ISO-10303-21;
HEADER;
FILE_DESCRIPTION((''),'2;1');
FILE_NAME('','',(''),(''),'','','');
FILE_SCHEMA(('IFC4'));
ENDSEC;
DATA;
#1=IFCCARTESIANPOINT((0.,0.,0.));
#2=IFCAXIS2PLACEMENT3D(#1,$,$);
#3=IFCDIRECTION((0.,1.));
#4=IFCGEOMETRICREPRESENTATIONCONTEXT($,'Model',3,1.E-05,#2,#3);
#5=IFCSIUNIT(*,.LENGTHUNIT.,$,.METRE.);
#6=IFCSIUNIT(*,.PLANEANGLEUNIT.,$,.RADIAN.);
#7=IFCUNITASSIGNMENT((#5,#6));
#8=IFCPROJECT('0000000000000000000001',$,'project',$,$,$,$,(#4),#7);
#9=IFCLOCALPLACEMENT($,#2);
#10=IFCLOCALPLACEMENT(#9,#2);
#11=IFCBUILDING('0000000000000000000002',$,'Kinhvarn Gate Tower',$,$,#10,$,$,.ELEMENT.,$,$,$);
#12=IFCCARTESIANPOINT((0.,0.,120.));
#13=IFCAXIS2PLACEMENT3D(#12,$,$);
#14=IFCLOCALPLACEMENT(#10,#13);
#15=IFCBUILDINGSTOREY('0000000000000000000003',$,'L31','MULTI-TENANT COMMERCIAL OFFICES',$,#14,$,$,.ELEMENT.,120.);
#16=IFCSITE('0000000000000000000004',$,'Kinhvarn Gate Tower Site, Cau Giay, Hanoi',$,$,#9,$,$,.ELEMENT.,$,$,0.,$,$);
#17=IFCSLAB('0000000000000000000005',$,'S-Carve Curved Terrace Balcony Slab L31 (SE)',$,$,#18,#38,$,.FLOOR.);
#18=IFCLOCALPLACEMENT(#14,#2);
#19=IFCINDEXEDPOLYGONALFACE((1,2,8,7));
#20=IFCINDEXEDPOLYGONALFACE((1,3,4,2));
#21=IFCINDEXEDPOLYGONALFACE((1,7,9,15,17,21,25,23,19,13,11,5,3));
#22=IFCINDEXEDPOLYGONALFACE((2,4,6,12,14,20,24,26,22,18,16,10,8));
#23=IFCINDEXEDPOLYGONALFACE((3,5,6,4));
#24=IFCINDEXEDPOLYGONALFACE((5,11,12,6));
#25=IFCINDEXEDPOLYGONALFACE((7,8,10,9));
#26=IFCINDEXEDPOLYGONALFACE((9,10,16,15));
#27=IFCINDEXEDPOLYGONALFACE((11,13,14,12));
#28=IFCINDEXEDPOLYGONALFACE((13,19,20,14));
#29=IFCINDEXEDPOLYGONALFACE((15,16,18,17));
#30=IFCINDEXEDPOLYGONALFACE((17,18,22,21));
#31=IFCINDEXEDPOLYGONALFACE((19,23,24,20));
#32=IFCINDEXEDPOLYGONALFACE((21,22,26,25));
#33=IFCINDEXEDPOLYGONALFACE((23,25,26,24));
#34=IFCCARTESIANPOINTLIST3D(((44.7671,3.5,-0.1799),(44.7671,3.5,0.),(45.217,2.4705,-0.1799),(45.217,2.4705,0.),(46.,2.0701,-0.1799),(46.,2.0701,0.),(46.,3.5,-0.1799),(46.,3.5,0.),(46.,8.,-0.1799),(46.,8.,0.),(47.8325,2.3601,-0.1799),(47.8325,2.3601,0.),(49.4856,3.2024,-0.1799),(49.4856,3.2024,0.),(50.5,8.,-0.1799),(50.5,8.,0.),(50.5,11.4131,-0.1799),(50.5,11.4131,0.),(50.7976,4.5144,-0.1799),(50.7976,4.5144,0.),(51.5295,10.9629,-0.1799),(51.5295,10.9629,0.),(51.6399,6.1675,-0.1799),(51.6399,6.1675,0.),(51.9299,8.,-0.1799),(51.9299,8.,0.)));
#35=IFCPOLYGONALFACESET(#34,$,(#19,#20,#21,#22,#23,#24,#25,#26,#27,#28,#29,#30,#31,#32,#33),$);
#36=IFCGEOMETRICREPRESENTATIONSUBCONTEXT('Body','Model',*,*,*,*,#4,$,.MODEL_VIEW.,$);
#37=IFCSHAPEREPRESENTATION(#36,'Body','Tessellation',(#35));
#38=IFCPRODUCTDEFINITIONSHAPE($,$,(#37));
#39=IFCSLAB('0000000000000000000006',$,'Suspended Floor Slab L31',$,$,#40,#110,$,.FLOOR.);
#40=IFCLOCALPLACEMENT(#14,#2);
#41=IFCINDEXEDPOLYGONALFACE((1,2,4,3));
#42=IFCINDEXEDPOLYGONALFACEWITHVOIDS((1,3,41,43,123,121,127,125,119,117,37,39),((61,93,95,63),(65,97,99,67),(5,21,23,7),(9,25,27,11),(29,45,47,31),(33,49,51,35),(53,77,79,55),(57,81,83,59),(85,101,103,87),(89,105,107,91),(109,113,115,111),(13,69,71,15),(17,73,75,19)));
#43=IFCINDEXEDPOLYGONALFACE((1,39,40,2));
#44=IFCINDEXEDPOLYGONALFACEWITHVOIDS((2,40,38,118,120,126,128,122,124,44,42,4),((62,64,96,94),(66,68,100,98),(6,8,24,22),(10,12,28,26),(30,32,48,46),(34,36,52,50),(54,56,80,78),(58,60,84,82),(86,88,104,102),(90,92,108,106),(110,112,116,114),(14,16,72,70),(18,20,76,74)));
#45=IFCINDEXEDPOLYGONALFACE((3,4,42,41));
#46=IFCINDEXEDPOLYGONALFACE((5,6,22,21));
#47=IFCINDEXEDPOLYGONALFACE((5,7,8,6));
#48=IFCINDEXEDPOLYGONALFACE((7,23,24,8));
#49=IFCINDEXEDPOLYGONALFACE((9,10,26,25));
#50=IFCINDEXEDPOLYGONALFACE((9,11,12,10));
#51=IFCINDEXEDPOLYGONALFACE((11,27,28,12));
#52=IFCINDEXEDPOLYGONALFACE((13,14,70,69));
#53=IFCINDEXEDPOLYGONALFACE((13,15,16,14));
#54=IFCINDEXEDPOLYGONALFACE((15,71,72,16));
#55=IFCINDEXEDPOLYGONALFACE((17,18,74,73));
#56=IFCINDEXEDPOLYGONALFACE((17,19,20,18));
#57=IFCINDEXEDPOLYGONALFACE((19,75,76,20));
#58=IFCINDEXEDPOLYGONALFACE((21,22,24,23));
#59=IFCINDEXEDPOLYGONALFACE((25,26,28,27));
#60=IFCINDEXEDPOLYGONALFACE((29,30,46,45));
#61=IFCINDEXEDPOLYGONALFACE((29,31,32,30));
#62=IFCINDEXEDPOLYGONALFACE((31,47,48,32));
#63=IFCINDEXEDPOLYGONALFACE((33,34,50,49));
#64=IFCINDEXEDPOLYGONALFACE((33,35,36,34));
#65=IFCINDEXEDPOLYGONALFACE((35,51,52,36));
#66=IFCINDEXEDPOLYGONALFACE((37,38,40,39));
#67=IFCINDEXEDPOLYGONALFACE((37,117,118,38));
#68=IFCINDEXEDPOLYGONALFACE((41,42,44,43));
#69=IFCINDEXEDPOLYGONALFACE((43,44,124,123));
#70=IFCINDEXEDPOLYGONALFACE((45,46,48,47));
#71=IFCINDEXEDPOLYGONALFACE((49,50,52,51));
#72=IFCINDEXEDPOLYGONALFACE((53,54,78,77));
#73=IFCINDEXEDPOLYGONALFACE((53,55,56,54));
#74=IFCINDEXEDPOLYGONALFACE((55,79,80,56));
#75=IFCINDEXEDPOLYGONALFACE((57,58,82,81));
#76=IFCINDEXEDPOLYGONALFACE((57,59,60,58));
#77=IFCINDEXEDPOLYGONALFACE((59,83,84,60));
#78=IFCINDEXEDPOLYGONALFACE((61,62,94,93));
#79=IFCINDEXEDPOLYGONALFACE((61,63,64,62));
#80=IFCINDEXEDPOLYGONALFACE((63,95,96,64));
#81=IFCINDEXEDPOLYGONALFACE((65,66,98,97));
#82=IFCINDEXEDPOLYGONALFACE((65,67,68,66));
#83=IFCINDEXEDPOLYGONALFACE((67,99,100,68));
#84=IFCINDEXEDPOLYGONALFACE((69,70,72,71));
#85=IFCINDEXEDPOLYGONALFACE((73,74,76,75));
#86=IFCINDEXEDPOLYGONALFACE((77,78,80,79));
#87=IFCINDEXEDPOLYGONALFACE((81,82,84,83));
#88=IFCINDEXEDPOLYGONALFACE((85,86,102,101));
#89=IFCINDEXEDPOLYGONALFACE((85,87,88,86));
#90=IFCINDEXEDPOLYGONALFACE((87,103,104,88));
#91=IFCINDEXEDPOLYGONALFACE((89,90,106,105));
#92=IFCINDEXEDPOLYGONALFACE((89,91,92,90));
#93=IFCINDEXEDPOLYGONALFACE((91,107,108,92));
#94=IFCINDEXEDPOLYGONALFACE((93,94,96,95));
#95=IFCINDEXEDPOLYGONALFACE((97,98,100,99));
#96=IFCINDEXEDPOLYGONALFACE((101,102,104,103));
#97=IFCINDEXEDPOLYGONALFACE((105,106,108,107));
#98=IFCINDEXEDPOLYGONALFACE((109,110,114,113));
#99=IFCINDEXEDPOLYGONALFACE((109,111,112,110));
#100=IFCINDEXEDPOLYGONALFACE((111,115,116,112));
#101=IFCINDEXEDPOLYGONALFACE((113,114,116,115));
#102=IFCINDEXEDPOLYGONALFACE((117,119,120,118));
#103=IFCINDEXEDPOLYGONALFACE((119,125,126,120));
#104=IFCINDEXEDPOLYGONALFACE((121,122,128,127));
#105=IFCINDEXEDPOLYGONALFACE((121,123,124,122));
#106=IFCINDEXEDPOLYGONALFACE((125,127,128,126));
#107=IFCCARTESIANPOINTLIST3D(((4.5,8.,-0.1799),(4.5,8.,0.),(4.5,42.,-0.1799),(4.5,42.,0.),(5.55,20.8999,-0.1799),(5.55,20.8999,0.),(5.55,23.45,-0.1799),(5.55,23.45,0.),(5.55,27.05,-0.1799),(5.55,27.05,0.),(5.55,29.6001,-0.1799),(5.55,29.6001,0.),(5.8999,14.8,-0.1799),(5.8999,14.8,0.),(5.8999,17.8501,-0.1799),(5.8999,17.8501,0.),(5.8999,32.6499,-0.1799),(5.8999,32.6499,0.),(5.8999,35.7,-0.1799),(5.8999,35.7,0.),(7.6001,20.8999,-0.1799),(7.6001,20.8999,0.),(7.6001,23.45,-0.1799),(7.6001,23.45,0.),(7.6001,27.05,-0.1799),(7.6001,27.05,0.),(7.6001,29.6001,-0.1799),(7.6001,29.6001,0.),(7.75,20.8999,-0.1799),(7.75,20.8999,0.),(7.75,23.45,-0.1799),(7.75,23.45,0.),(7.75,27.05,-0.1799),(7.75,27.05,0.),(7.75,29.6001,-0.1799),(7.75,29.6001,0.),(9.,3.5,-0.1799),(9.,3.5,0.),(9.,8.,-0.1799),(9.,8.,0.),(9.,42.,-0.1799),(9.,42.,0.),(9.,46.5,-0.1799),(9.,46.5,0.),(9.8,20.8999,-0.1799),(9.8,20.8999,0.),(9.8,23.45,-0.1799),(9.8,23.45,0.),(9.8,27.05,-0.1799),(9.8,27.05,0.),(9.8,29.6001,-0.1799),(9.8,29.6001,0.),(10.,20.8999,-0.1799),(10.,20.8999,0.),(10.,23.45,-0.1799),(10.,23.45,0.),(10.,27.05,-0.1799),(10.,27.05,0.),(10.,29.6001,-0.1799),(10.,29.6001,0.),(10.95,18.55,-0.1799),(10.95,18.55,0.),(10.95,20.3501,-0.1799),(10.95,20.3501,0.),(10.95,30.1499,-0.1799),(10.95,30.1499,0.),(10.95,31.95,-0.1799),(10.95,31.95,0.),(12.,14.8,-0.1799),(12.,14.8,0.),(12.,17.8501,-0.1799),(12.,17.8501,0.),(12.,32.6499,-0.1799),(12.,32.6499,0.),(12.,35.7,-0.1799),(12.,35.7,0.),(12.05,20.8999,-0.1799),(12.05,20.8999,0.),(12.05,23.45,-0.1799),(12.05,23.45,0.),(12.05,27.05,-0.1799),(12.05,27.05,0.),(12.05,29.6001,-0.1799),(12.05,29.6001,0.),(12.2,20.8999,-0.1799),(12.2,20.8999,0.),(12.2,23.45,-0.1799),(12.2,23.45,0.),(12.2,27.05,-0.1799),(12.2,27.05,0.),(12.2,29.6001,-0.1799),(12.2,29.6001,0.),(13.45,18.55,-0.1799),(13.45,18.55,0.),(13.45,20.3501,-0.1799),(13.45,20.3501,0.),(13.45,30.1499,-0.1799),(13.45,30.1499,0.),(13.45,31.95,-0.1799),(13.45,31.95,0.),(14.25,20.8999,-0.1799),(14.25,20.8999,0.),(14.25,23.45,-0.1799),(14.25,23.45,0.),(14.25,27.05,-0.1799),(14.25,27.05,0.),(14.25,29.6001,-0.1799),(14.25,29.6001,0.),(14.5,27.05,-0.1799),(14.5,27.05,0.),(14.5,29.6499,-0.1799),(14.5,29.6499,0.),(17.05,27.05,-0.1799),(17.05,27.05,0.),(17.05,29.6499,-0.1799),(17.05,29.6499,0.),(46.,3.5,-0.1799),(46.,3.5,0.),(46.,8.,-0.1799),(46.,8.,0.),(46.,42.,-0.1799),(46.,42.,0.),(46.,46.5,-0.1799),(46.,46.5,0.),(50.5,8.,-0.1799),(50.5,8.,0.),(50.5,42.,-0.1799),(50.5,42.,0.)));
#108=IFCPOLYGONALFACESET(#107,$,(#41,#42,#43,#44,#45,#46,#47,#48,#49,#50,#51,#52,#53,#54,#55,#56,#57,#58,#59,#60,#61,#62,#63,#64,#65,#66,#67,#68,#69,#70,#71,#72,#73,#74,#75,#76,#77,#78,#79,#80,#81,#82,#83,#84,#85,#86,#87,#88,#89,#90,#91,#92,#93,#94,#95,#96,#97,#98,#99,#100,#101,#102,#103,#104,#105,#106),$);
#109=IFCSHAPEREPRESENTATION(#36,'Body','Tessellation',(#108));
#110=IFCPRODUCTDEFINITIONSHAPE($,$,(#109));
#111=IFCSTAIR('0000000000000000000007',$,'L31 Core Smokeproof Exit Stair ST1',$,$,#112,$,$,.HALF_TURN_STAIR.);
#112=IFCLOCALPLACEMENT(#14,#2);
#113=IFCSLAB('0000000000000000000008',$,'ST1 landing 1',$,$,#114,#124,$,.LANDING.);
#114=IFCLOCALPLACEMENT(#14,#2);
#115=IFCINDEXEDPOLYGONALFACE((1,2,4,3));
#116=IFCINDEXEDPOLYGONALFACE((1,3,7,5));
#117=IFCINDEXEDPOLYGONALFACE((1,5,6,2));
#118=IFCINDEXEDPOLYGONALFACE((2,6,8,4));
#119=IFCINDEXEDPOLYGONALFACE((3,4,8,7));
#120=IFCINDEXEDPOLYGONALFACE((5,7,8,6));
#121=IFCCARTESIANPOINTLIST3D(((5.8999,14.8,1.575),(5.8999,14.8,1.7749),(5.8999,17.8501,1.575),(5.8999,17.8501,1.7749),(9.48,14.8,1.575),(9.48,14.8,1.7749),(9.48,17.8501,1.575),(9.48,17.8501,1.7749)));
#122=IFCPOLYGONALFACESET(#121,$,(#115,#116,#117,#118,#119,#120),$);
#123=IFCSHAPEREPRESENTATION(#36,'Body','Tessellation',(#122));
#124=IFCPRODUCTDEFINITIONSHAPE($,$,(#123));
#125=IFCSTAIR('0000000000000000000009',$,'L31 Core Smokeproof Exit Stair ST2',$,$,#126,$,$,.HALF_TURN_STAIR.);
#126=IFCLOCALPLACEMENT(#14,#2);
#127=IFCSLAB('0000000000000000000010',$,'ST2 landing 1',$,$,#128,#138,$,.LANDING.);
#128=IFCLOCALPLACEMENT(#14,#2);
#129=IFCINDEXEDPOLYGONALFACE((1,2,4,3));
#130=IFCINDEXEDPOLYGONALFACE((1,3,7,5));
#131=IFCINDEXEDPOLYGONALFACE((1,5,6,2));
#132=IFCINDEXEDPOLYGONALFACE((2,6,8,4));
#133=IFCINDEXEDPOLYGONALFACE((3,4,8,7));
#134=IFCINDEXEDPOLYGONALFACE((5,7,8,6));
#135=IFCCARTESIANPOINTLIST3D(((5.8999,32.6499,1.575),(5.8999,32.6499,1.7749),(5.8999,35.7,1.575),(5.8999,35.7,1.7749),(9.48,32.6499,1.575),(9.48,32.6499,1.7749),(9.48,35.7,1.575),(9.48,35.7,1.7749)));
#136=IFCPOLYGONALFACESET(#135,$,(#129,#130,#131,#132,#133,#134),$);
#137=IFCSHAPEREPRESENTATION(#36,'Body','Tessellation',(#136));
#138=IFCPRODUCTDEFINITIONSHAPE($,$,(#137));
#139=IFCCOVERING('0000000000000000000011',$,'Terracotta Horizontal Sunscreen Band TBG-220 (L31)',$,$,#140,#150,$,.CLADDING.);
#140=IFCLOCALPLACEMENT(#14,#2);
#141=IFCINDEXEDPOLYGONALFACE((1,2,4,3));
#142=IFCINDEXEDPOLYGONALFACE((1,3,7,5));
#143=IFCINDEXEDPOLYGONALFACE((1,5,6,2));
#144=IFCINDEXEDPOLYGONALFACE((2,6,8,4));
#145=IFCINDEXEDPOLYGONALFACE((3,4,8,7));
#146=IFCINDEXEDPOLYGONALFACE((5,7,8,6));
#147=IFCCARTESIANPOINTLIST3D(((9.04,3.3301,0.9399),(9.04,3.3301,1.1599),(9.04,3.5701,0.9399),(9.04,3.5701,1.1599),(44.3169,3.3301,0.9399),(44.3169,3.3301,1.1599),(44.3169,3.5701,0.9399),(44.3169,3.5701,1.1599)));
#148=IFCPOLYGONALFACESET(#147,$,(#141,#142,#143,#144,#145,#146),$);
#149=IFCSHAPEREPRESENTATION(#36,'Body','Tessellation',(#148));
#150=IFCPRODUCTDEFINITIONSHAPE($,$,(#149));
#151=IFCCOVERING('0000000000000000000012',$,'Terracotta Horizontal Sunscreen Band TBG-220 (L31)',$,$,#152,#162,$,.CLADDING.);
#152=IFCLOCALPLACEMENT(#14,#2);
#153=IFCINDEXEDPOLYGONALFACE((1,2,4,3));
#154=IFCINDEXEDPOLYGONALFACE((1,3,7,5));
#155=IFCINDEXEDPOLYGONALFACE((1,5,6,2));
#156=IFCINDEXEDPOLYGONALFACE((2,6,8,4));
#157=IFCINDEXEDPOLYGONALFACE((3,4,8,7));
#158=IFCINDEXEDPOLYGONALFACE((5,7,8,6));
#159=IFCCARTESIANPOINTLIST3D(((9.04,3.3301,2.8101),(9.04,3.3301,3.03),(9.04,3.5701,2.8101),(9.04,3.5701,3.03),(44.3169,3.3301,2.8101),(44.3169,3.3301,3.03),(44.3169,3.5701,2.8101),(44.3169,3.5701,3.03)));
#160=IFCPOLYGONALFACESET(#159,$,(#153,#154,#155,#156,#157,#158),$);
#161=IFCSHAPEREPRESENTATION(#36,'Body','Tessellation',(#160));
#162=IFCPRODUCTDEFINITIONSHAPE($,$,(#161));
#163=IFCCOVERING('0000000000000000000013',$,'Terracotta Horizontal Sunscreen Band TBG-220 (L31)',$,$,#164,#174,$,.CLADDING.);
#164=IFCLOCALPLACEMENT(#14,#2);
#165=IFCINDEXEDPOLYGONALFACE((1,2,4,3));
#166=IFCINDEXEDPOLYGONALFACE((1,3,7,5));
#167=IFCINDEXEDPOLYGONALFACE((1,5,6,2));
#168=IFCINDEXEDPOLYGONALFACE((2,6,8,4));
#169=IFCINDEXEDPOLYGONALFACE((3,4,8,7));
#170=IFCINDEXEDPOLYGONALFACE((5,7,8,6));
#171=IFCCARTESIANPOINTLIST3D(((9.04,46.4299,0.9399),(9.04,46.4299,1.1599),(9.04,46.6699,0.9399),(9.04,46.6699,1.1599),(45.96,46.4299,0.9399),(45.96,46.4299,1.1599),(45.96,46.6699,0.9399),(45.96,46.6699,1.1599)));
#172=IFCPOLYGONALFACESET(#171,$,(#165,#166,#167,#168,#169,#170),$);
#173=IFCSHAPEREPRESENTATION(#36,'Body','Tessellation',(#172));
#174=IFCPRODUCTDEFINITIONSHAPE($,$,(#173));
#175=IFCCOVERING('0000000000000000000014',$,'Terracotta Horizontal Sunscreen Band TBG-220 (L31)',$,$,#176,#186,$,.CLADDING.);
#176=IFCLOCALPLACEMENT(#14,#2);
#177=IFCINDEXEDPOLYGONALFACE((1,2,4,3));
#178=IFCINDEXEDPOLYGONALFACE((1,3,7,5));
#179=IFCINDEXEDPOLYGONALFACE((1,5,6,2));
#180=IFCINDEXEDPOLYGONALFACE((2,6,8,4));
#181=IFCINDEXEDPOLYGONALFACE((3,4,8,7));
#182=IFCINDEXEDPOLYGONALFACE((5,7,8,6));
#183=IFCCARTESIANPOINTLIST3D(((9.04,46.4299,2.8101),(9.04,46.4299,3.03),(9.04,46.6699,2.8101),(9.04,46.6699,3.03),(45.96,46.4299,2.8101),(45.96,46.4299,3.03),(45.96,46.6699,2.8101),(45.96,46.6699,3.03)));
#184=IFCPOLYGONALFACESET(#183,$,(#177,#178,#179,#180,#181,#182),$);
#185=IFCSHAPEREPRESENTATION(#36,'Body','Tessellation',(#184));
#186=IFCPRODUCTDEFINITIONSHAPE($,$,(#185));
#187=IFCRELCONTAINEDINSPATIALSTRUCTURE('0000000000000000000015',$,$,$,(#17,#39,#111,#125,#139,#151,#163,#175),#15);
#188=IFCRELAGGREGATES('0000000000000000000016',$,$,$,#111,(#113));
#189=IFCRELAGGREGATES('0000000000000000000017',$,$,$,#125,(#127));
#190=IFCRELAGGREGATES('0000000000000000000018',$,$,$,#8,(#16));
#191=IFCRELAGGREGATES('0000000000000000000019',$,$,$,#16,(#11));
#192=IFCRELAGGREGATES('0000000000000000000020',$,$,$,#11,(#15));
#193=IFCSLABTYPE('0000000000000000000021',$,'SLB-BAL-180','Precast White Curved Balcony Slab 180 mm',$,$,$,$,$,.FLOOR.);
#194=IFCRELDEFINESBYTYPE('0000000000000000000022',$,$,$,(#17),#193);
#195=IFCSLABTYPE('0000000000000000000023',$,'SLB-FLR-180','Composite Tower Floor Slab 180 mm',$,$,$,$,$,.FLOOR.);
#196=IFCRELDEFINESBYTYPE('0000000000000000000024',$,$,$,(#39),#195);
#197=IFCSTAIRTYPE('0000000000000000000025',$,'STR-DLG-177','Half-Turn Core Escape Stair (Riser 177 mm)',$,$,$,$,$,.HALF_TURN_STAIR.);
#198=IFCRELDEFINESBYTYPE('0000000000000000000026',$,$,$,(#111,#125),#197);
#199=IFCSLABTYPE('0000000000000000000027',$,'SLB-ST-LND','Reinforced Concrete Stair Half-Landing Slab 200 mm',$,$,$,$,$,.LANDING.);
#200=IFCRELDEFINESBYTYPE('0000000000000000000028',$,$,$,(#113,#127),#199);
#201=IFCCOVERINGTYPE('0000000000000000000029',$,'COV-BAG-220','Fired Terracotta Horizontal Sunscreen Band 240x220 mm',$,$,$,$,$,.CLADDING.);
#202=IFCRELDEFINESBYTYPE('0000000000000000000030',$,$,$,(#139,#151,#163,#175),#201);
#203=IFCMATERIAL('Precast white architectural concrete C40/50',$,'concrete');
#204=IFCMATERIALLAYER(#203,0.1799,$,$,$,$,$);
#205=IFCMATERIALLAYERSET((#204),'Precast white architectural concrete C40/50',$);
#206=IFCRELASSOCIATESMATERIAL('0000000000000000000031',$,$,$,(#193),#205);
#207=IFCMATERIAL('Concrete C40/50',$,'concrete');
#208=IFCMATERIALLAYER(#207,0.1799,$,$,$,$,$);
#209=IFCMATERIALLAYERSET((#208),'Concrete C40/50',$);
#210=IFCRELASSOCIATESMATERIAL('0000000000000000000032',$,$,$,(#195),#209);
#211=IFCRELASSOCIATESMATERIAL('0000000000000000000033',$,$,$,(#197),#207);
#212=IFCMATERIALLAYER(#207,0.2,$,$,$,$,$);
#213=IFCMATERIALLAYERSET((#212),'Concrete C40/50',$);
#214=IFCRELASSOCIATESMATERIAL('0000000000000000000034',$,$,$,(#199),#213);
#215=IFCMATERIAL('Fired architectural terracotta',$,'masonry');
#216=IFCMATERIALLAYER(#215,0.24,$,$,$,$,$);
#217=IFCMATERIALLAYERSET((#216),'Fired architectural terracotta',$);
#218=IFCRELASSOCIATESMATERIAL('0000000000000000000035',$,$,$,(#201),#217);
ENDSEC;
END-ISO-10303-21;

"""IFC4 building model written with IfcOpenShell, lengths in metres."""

from ifc_helpers import new_model, si_unit, direction, frame, origin, place, context, subcontext, project, spatial, polyline, outline, extrude, material, layer, layer_set, type_object, element, aggregate, save


model = new_model("IFC4")

# Units and contexts
model_context = context("Model", 3, precision=1e-05, world=origin(), true_north=direction((0.0, 1.0)))
body_context = subcontext(model_context, "Body", "Model", "MODEL_VIEW")
ifc_project = project(units=[si_unit("LENGTHUNIT", "METRE"), si_unit("PLANEANGLEUNIT", "RADIAN")], contexts=[model_context])

# Site, building, storey
site_placement = place(None, origin())
site = spatial("IfcSite", under=ifc_project, at=site_placement, Name="Kinhvarn Gate Tower Site, Cau Giay, Hanoi", CompositionType="ELEMENT", RefElevation=0.0)
building_placement = place(site_placement, origin())
building = spatial("IfcBuilding", under=site, at=building_placement, Name="Kinhvarn Gate Tower", CompositionType="ELEMENT")
storey_placement = place(building_placement, frame((0.0, 0.0, 120.0)))
storey = spatial("IfcBuildingStorey", under=building, at=storey_placement, Name="L31", Description="MULTI-TENANT COMMERCIAL OFFICES", CompositionType="ELEMENT", Elevation=120.0)

# Slabs
ifc_material_1 = material(Name="Precast white architectural concrete C40/50", Category="concrete")
ifc_layer_1 = layer(ifc_material_1, 0.1799)
ifc_layer_set_1 = layer_set([ifc_layer_1], Name="Precast white architectural concrete C40/50")
slab_type_1 = type_object("IfcSlabType", Name="SLB-BAL-180", Description="Precast White Curved Balcony Slab 180 mm", PredefinedType="FLOOR", material=ifc_layer_set_1)
slab_1_placement = place(storey_placement, frame((0.0, 0.0, -0.1799)))
element("IfcSlab", 1, at=slab_1_placement, inside=storey, type_object=slab_type_1, Name="S-Carve Curved Terrace Balcony Slab L31 (SE)", PredefinedType="FLOOR", context=body_context, shape_type="SweptSolid", body=[
    extrude(outline(polyline([(44.7671, 3.5), (45.217, 2.4705), (46.0, 2.0701), (47.8325, 2.3601), (49.4856, 3.2024), (50.7976, 4.5144), (51.6399, 6.1675), (51.9299, 8.0), (51.5295, 10.9629), (50.5, 11.4131), (50.5, 8.0), (46.0, 8.0), (46.0, 3.5), (44.7671, 3.5)])), origin(), (0.0, 0.0, 1.0), 0.1799),
])
ifc_material_2 = material(Name="Concrete C40/50", Category="concrete")
ifc_layer_2 = layer(ifc_material_2, 0.1799)
ifc_layer_set_2 = layer_set([ifc_layer_2], Name="Concrete C40/50")
slab_type_2 = type_object("IfcSlabType", Name="SLB-FLR-180", Description="Composite Tower Floor Slab 180 mm", PredefinedType="FLOOR", material=ifc_layer_set_2)
slab_2_placement = place(storey_placement, frame((0.0, 0.0, -0.1799)))
element("IfcSlab", 2, at=slab_2_placement, inside=storey, type_object=slab_type_2, Name="Suspended Floor Slab L31", PredefinedType="FLOOR", context=body_context, shape_type="SweptSolid", body=[
    extrude(outline(polyline([(9.0, 3.5), (46.0, 3.5), (46.0, 8.0), (50.5, 8.0), (50.5, 42.0), (46.0, 42.0), (46.0, 46.5), (9.0, 46.5), (9.0, 42.0), (4.5, 42.0), (4.5, 8.0), (9.0, 8.0), (9.0, 3.5)]), holes=[polyline([(5.8999, 14.8), (12.0, 14.8), (12.0, 17.8501), (5.8999, 17.8501), (5.8999, 14.8)]), polyline([(5.8999, 32.6499), (12.0, 32.6499), (12.0, 35.7), (5.8999, 35.7), (5.8999, 32.6499)]), polyline([(5.55, 20.8999), (7.6001, 20.8999), (7.6001, 23.45), (5.55, 23.45), (5.55, 20.8999)]), polyline([(7.75, 20.8999), (9.8, 20.8999), (9.8, 23.45), (7.75, 23.45), (7.75, 20.8999)]), polyline([(5.55, 27.05), (7.6001, 27.05), (7.6001, 29.6001), (5.55, 29.6001), (5.55, 27.05)]), polyline([(7.75, 27.05), (9.8, 27.05), (9.8, 29.6001), (7.75, 29.6001), (7.75, 27.05)]), polyline([(10.0, 20.8999), (12.05, 20.8999), (12.05, 23.45), (10.0, 23.45), (10.0, 20.8999)]), polyline([(12.2, 20.8999), (14.25, 20.8999), (14.25, 23.45), (12.2, 23.45), (12.2, 20.8999)]), polyline([(10.0, 27.05), (12.05, 27.05), (12.05, 29.6001), (10.0, 29.6001), (10.0, 27.05)]), polyline([(12.2, 27.05), (14.25, 27.05), (14.25, 29.6001), (12.2, 29.6001), (12.2, 27.05)]), polyline([(14.5, 27.05), (17.05, 27.05), (17.05, 29.6499), (14.5, 29.6499), (14.5, 27.05)]), polyline([(10.95, 18.55), (13.45, 18.55), (13.45, 20.3501), (10.95, 20.3501), (10.95, 18.55)]), polyline([(10.95, 30.1499), (13.45, 30.1499), (13.45, 31.95), (10.95, 31.95), (10.95, 30.1499)])]), origin(), (0.0, 0.0, 1.0), 0.1799),
])

# Stairs, slabs
stair_type = type_object("IfcStairType", Name="STR-DLG-177", Description="Half-Turn Core Escape Stair (Riser 177 mm)", PredefinedType="HALF_TURN_STAIR", material=ifc_material_2)
stair_1_placement = place(storey_placement, origin())
stair_1 = element("IfcStair", 3, at=stair_1_placement, inside=storey, type_object=stair_type, Name="L31 Core Smokeproof Exit Stair ST1", PredefinedType="HALF_TURN_STAIR")
ifc_layer_3 = layer(ifc_material_2, 0.2)
ifc_layer_set_3 = layer_set([ifc_layer_3], Name="Concrete C40/50")
slab_type_3 = type_object("IfcSlabType", Name="SLB-ST-LND", Description="Reinforced Concrete Stair Half-Landing Slab 200 mm", PredefinedType="LANDING", material=ifc_layer_set_3)
slab_3_placement = place(storey_placement, frame((0.0, 0.0, 1.575)))
slab_3 = element("IfcSlab", 4, at=slab_3_placement, type_object=slab_type_3, Name="ST1 landing 1", PredefinedType="LANDING", context=body_context, shape_type="SweptSolid", body=[
    extrude(outline(polyline([(9.48, 17.8501), (5.8999, 17.8501), (5.8999, 14.8), (9.48, 14.8), (9.48, 17.8501)])), origin(), (0.0, 0.0, 1.0), 0.2),
])
aggregate(stair_1, [slab_3])
stair_2_placement = place(storey_placement, origin())
stair_2 = element("IfcStair", 5, at=stair_2_placement, inside=storey, type_object=stair_type, Name="L31 Core Smokeproof Exit Stair ST2", PredefinedType="HALF_TURN_STAIR")
slab_4_placement = place(storey_placement, frame((0.0, 0.0, 1.575)))
slab_4 = element("IfcSlab", 6, at=slab_4_placement, type_object=slab_type_3, Name="ST2 landing 1", PredefinedType="LANDING", context=body_context, shape_type="SweptSolid", body=[
    extrude(outline(polyline([(9.48, 35.7), (5.8999, 35.7), (5.8999, 32.6499), (9.48, 32.6499), (9.48, 35.7)])), origin(), (0.0, 0.0, 1.0), 0.2),
])
aggregate(stair_2, [slab_4])

# Coverings
ifc_material_3 = material(Name="Fired architectural terracotta", Category="masonry")
ifc_layer_4 = layer(ifc_material_3, 0.24)
ifc_layer_set_4 = layer_set([ifc_layer_4], Name="Fired architectural terracotta")
covering_type_1 = type_object("IfcCoveringType", Name="COV-BAG-220", Description="Fired Terracotta Horizontal Sunscreen Band 240x220 mm", PredefinedType="CLADDING", material=ifc_layer_set_4)
for number, where, name in (
    (7, (0.0, 0.0, 0.9399), "Terracotta Horizontal Sunscreen Band TBG-220 (L31)"),
    (8, (0.0, 0.0, 2.8101), "Terracotta Horizontal Sunscreen Band TBG-220 (L31)"),
):
    element("IfcCovering", number, at=place(storey_placement, frame(where)), inside=storey, type_object=covering_type_1, Name=name, PredefinedType="CLADDING", context=body_context, shape_type="SweptSolid", body=[
        extrude(outline(polyline([(9.04, 3.5701), (44.3169, 3.5701), (44.3169, 3.3301), (9.04, 3.3301), (9.04, 3.5701)])), origin(), (0.0, 0.0, 1.0), 0.22),
    ])
for number, where, name in (
    (9, (0.0, 0.0, 0.9399), "Terracotta Horizontal Sunscreen Band TBG-220 (L31)"),
    (10, (0.0, 0.0, 2.8101), "Terracotta Horizontal Sunscreen Band TBG-220 (L31)"),
):
    element("IfcCovering", number, at=place(storey_placement, frame(where)), inside=storey, type_object=covering_type_1, Name=name, PredefinedType="CLADDING", context=body_context, shape_type="SweptSolid", body=[
        extrude(outline(polyline([(45.96, 46.4299), (9.04, 46.4299), (9.04, 46.6699), (45.96, 46.6699), (45.96, 46.4299)])), origin(), (0.0, 0.0, 1.0), 0.22),
    ])

save(model, "model.ifc")
